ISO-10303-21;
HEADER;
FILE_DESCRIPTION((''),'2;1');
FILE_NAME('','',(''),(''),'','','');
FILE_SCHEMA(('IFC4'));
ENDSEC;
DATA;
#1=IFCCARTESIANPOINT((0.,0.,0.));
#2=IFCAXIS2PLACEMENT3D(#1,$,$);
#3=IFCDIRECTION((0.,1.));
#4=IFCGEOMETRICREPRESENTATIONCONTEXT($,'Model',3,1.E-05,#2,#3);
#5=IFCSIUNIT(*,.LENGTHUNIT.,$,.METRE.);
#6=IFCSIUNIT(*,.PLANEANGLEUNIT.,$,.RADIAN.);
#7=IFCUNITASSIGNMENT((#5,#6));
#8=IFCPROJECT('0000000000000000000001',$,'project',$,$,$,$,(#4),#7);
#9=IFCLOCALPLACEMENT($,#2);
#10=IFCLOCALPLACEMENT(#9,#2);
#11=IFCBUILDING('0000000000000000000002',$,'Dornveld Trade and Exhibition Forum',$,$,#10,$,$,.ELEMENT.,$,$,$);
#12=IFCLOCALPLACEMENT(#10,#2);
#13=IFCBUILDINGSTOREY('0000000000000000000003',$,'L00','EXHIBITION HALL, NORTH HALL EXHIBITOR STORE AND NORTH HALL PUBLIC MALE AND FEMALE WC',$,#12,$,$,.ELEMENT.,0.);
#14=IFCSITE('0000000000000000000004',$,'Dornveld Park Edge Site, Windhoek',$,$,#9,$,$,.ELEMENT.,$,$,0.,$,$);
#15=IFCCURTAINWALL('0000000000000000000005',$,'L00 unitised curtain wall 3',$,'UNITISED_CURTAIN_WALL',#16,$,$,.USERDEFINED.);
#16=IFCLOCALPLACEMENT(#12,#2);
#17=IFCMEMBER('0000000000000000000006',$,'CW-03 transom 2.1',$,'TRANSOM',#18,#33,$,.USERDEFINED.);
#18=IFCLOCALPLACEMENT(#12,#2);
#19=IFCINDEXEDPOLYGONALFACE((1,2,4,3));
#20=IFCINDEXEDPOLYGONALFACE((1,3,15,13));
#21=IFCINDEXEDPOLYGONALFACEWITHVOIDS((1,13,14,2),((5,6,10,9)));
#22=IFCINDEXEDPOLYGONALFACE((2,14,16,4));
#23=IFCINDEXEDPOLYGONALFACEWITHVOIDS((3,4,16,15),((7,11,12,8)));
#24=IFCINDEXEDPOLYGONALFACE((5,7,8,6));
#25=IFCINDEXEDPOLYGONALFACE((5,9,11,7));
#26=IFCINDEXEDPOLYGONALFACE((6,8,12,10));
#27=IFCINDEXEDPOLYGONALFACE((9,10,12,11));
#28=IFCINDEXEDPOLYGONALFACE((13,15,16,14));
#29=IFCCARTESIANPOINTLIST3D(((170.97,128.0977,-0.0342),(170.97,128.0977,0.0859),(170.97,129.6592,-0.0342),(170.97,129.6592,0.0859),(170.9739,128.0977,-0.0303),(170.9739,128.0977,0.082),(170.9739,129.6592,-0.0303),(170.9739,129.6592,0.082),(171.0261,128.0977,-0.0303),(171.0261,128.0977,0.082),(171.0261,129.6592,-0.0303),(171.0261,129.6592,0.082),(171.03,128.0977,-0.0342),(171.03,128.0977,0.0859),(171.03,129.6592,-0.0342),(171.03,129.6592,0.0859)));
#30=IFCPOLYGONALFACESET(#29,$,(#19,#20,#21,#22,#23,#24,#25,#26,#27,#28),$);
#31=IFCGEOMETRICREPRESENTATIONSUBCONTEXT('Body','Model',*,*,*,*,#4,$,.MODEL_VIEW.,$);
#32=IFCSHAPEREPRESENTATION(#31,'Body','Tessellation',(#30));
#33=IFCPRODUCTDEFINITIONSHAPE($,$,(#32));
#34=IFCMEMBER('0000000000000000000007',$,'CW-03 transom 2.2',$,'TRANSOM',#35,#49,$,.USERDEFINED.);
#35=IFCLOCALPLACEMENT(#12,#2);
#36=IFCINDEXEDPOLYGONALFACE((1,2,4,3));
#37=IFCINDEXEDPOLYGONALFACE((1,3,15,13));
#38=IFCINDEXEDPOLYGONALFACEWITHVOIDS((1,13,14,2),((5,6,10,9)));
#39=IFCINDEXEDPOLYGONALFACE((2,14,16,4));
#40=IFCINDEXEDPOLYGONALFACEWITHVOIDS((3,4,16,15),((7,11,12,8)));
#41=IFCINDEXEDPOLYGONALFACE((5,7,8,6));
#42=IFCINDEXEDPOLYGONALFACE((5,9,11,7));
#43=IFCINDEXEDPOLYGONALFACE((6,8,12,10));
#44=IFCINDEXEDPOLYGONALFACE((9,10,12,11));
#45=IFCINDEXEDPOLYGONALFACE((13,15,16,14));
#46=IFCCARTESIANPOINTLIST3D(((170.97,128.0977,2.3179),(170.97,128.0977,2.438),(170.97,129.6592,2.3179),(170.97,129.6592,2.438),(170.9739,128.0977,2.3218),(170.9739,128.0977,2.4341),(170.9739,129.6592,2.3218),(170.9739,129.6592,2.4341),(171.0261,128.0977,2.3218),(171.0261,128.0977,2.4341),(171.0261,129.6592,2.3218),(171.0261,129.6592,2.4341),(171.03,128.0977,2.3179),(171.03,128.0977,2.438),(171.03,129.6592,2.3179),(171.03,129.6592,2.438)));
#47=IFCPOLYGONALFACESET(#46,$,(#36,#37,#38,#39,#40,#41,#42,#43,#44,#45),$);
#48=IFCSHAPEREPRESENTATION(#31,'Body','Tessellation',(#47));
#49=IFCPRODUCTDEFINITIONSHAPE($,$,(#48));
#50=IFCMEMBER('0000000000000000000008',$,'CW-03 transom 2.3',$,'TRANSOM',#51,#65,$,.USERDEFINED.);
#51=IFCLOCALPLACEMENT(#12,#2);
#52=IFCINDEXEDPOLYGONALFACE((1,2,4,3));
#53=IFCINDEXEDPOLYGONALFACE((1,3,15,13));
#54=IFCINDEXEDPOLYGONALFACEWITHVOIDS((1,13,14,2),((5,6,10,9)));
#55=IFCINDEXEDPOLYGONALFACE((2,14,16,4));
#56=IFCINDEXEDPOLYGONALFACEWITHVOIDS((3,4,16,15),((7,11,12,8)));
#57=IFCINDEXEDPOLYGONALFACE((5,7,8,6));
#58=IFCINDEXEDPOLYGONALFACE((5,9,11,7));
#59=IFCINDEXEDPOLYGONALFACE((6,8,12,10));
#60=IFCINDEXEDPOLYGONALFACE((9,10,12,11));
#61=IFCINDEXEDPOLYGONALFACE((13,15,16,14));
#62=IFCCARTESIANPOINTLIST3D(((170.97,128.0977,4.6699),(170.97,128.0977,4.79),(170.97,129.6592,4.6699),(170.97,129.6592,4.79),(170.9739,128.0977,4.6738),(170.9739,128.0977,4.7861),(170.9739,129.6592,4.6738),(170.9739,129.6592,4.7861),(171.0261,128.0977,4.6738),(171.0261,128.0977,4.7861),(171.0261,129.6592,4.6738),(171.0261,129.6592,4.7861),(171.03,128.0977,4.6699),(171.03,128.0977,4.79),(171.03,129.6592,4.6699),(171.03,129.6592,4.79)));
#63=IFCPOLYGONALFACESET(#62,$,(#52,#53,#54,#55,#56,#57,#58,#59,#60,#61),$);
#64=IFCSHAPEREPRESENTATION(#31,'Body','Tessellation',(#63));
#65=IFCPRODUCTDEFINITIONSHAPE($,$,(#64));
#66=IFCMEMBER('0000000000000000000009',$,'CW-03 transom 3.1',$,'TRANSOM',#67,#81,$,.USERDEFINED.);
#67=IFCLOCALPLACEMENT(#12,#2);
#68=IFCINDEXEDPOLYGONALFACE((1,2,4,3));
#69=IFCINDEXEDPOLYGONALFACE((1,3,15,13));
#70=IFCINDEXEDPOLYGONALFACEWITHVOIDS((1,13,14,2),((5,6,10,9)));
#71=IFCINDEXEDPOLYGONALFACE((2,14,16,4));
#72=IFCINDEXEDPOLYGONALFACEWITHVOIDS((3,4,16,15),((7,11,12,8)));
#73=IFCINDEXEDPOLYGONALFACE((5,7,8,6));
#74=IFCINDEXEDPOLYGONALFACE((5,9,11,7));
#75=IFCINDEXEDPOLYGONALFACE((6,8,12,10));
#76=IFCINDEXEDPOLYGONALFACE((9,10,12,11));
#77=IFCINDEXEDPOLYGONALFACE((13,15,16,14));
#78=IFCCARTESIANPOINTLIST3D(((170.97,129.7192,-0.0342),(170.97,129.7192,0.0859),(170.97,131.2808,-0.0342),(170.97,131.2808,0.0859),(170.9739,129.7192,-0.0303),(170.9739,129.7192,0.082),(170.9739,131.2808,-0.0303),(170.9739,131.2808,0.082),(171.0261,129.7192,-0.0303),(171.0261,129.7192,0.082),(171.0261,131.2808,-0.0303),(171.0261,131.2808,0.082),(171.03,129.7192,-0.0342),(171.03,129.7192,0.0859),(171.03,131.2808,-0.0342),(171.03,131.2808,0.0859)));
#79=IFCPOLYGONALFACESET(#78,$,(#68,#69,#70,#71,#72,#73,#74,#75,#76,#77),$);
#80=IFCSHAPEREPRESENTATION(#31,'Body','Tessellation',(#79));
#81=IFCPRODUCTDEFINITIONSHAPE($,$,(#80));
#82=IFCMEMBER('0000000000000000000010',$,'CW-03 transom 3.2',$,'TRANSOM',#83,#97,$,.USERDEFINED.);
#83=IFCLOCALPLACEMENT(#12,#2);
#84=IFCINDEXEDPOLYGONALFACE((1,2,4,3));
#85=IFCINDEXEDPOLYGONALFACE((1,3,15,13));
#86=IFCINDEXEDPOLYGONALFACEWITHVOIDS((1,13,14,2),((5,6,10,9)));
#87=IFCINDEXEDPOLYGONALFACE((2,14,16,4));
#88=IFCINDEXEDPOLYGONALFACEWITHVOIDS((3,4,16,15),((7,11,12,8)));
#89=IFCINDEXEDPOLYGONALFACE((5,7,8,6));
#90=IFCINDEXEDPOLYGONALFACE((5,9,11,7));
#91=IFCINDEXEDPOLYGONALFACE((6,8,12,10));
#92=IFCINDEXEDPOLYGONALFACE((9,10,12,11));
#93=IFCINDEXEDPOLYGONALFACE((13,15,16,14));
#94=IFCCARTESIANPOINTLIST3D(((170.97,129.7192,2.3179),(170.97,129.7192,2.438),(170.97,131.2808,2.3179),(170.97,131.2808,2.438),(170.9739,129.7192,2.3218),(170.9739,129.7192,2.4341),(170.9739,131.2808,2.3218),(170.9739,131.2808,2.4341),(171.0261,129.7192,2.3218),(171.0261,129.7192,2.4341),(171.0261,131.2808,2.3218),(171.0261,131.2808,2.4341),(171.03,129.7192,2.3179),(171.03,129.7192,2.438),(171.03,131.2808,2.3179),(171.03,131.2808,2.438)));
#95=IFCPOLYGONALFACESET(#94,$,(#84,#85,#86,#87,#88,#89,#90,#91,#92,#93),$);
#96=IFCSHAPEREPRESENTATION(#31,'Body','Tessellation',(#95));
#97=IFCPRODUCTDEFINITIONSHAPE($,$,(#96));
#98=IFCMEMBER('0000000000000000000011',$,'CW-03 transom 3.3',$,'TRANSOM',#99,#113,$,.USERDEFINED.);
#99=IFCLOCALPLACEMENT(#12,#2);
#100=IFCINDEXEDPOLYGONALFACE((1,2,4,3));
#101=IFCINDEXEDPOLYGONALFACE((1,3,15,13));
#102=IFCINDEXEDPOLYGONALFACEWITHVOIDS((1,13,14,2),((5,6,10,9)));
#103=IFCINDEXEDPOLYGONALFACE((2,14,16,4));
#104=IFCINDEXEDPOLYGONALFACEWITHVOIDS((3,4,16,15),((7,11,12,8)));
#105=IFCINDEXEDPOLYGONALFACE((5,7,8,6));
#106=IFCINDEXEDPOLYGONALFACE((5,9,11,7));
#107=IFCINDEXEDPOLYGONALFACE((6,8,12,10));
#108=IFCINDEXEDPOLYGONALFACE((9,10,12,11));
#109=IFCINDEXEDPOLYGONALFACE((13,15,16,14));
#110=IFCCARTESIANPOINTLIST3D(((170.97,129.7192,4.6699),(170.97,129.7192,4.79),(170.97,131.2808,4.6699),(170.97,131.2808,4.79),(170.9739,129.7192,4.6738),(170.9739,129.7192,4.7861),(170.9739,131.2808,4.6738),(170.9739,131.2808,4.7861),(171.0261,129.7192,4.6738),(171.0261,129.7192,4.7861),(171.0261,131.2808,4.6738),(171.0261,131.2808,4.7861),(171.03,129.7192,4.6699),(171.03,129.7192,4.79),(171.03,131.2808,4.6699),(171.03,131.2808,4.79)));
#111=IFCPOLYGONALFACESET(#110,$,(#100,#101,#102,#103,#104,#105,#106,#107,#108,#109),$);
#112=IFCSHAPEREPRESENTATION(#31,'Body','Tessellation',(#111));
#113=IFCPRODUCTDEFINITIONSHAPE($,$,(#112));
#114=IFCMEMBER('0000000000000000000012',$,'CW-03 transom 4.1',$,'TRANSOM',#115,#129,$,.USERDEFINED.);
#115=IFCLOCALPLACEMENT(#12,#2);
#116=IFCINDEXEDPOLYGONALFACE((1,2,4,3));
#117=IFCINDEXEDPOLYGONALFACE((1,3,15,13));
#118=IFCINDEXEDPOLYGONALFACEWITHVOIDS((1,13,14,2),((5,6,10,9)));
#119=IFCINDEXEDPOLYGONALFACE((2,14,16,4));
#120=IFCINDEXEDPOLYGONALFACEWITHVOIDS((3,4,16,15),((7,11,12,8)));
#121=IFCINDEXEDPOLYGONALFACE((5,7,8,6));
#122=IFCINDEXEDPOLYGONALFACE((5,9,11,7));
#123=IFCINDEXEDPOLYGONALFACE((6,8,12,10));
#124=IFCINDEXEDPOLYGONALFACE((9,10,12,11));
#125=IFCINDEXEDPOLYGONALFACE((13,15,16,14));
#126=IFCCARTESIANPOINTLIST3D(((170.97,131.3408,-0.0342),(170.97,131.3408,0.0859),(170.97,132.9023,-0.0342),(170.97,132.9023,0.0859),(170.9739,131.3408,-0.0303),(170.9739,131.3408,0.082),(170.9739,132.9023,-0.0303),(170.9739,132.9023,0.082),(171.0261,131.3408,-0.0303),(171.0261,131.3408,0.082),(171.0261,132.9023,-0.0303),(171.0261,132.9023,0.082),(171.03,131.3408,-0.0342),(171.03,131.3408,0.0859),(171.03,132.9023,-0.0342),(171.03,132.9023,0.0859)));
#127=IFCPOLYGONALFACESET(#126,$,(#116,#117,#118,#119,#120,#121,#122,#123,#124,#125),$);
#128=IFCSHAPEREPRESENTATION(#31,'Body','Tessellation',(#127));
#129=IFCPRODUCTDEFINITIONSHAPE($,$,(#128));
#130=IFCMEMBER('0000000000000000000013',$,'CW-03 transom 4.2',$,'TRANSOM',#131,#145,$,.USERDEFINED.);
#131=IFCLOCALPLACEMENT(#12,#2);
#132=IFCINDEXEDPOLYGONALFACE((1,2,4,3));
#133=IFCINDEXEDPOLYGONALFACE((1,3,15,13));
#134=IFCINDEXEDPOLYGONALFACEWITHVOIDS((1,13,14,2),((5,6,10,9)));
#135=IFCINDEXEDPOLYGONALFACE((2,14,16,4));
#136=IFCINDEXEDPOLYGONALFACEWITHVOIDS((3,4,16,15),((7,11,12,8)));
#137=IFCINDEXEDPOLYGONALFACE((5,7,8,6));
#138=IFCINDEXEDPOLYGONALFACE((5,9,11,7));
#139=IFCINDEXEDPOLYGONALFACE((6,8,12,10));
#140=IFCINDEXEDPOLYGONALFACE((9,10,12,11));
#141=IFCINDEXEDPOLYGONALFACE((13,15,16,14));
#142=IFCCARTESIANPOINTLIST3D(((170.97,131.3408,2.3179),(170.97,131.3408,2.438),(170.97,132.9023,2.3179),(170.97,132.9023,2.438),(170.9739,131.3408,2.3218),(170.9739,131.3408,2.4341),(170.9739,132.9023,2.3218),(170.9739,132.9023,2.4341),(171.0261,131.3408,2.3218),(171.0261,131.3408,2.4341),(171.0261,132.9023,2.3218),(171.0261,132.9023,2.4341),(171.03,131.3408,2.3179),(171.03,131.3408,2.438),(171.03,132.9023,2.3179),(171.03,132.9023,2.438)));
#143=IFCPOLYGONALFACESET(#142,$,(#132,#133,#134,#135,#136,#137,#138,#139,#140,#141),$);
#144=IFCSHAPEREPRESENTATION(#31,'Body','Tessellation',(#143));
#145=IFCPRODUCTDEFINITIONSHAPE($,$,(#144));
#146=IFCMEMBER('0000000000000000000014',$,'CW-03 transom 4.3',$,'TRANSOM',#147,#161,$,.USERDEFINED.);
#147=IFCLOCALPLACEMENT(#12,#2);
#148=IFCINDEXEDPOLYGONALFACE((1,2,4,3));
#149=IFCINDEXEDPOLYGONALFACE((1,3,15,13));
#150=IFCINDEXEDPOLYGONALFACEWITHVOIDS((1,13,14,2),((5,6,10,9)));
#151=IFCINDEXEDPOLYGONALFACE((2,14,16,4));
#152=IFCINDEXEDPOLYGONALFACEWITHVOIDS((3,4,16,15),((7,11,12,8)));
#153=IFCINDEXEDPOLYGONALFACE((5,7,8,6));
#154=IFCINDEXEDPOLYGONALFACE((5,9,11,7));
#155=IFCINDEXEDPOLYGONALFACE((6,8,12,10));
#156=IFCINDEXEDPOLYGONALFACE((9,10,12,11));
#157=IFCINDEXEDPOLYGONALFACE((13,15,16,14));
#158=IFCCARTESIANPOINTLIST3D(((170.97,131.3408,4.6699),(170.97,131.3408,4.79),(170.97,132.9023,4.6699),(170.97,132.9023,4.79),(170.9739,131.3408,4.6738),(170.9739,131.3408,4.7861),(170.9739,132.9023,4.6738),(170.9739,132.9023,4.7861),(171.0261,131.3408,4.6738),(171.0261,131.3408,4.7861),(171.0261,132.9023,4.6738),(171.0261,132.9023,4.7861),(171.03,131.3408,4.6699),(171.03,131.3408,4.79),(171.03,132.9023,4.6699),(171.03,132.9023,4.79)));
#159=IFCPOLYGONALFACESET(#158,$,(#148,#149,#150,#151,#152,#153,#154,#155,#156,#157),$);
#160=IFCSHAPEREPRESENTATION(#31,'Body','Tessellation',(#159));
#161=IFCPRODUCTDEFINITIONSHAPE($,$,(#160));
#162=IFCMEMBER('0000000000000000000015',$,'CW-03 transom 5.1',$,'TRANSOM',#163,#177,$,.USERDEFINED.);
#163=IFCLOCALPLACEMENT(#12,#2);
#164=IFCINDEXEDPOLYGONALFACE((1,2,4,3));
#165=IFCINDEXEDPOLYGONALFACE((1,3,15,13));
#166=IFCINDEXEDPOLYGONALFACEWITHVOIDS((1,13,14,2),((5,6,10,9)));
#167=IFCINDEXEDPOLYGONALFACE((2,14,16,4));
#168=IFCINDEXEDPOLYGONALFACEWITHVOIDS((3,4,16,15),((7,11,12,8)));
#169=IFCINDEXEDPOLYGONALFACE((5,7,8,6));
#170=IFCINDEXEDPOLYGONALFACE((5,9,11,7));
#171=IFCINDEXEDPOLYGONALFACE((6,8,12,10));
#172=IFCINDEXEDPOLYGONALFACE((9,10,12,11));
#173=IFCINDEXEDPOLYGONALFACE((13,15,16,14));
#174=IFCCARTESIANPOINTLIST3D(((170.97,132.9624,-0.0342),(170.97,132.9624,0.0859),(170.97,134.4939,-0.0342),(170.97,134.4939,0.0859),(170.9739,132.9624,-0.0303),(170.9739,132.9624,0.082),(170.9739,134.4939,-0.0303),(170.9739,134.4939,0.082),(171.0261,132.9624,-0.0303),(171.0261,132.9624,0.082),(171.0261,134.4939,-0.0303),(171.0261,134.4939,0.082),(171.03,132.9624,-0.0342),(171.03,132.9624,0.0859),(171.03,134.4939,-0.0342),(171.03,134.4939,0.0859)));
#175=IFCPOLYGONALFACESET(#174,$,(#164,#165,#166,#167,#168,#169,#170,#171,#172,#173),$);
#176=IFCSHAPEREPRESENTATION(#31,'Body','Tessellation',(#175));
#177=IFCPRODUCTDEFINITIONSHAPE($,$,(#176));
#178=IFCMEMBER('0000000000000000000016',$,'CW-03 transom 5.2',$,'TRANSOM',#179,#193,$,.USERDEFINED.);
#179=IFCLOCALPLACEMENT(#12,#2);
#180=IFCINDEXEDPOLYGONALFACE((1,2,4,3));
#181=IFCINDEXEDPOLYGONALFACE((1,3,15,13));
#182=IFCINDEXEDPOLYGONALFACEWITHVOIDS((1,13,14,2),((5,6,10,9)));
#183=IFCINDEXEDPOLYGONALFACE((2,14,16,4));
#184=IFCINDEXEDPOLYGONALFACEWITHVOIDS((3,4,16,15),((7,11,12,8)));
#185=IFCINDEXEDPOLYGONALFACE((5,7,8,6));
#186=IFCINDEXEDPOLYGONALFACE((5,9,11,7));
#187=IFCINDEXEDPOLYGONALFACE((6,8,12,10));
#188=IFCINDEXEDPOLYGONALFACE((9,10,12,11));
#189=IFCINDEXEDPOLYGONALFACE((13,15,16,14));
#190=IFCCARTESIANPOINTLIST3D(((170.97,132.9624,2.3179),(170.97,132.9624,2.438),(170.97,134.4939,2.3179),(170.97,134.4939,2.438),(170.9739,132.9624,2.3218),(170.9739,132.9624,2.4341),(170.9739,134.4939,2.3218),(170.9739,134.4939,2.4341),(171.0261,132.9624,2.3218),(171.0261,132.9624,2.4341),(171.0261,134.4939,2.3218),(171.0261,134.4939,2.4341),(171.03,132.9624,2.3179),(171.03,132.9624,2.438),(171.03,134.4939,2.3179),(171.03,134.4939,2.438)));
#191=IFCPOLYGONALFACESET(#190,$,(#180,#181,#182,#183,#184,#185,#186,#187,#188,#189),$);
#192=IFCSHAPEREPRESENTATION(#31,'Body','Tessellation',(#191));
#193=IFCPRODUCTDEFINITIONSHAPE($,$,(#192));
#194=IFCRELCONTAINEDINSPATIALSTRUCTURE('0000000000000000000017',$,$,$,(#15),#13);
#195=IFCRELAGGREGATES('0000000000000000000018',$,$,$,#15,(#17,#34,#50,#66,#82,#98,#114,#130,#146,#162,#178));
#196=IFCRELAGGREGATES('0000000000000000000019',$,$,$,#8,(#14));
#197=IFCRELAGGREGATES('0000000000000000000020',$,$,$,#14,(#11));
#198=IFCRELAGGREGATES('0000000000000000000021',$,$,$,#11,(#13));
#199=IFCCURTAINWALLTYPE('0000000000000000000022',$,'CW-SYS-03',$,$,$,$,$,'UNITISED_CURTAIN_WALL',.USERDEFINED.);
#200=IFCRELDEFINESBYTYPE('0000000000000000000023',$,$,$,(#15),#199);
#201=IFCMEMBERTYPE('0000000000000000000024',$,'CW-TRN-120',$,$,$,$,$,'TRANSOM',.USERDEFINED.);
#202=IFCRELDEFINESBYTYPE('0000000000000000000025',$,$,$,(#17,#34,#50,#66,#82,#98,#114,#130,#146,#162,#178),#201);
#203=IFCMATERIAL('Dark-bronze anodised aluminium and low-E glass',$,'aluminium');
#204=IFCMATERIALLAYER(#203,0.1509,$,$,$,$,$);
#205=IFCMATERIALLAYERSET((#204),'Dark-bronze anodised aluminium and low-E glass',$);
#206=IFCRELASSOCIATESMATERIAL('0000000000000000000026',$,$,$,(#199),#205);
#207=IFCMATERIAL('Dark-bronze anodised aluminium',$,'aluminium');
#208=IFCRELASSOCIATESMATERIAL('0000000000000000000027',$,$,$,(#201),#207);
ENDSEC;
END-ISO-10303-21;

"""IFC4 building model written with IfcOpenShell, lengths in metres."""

from ifc_helpers import new_model, si_unit, direction, frame, origin, origin_2d, place, context, subcontext, project, spatial, hollow_rectangle, extrude, material, layer, layer_set, material_profile, profile_set, type_object, element, aggregate, save


model = new_model("IFC4")

# Units and contexts
model_context = context("Model", 3, precision=1e-05, world=origin(), true_north=direction((0.0, 1.0)))
body_context = subcontext(model_context, "Body", "Model", "MODEL_VIEW")
ifc_project = project(units=[si_unit("LENGTHUNIT", "METRE"), si_unit("PLANEANGLEUNIT", "RADIAN")], contexts=[model_context])

# Site, building, storey
site_placement = place(None, origin())
site = spatial("IfcSite", under=ifc_project, at=site_placement, Name="Dornveld Park Edge Site, Windhoek", CompositionType="ELEMENT", RefElevation=0.0)
building_placement = place(site_placement, origin())
building = spatial("IfcBuilding", under=site, at=building_placement, Name="Dornveld Trade and Exhibition Forum", CompositionType="ELEMENT")
storey_placement = place(building_placement, origin())
storey = spatial("IfcBuildingStorey", under=building, at=storey_placement, Name="L00", Description="EXHIBITION HALL, NORTH HALL EXHIBITOR STORE AND NORTH HALL PUBLIC MALE AND FEMALE WC", CompositionType="ELEMENT", Elevation=0.0)

# Curtain wall, members
ifc_material_1 = material(Name="Dark-bronze anodised aluminium and low-E glass", Category="aluminium")
ifc_layer_1 = layer(ifc_material_1, 0.1509)
ifc_layer_set_1 = layer_set([ifc_layer_1], Name="Dark-bronze anodised aluminium and low-E glass")
curtain_wall_type = type_object("IfcCurtainWallType", Name="CW-SYS-03", ElementType="UNITISED_CURTAIN_WALL", PredefinedType="USERDEFINED", material=ifc_layer_set_1)
curtain_wall_placement = place(storey_placement, origin())
curtain_wall = element("IfcCurtainWall", 1, at=curtain_wall_placement, inside=storey, type_object=curtain_wall_type, Name="L00 unitised curtain wall 3", ObjectType="UNITISED_CURTAIN_WALL", PredefinedType="USERDEFINED")
ifc_material_2 = material(Name="Dark-bronze anodised aluminium", Category="aluminium")
ifc_material_profile_1 = material_profile(ifc_material_2, hollow_rectangle(XDim=0.0601, YDim=0.1201, WallThickness=0.0039, at=origin_2d()), Name="RHS 120x60x4")
ifc_profile_set_1 = profile_set([ifc_material_profile_1], Name="Dark-bronze anodised aluminium")
member_type_1 = type_object("IfcMemberType", Name="CW-TRN-120", ElementType="TRANSOM", PredefinedType="USERDEFINED", material=ifc_profile_set_1)
member_1_placement = place(storey_placement, frame((171.0, 128.0977, 0.0259), z_axis=(0.0, 1.0, 0.0), x_axis=(-1.0, 0.0, 0.0)))
member_1 = element("IfcMember", 2, at=member_1_placement, type_object=member_type_1, Name="CW-03 transom 2.1", ObjectType="TRANSOM", PredefinedType="USERDEFINED", context=body_context, shape_type="SweptSolid", body=[
    extrude(hollow_rectangle(XDim=0.0601, YDim=0.1201, WallThickness=0.0039, at=origin_2d()), origin(), (0.0, 0.0, 1.0), 1.5615),
])
member_2_placement = place(storey_placement, frame((171.0, 128.0977, 2.3779), z_axis=(0.0, 1.0, 0.0), x_axis=(-1.0, 0.0, 0.0)))
member_2 = element("IfcMember", 3, at=member_2_placement, type_object=member_type_1, Name="CW-03 transom 2.2", ObjectType="TRANSOM", PredefinedType="USERDEFINED", context=body_context, shape_type="SweptSolid", body=[
    extrude(hollow_rectangle(XDim=0.0601, YDim=0.1201, WallThickness=0.0039, at=origin_2d()), origin(), (0.0, 0.0, 1.0), 1.5615),
])
member_3_placement = place(storey_placement, frame((171.0, 128.0977, 4.73), z_axis=(0.0, 1.0, 0.0), x_axis=(-1.0, 0.0, 0.0)))
member_3 = element("IfcMember", 4, at=member_3_placement, type_object=member_type_1, Name="CW-03 transom 2.3", ObjectType="TRANSOM", PredefinedType="USERDEFINED", context=body_context, shape_type="SweptSolid", body=[
    extrude(hollow_rectangle(XDim=0.0601, YDim=0.1201, WallThickness=0.0039, at=origin_2d()), origin(), (0.0, 0.0, 1.0), 1.5615),
])
member_4_placement = place(storey_placement, frame((171.0, 129.7192, 0.0259), z_axis=(0.0, 1.0, 0.0), x_axis=(-1.0, 0.0, 0.0)))
member_4 = element("IfcMember", 5, at=member_4_placement, type_object=member_type_1, Name="CW-03 transom 3.1", ObjectType="TRANSOM", PredefinedType="USERDEFINED", context=body_context, shape_type="SweptSolid", body=[
    extrude(hollow_rectangle(XDim=0.0601, YDim=0.1201, WallThickness=0.0039, at=origin_2d()), origin(), (0.0, 0.0, 1.0), 1.5615),
])
member_5_placement = place(storey_placement, frame((171.0, 129.7192, 2.3779), z_axis=(0.0, 1.0, 0.0), x_axis=(-1.0, 0.0, 0.0)))
member_5 = element("IfcMember", 6, at=member_5_placement, type_object=member_type_1, Name="CW-03 transom 3.2", ObjectType="TRANSOM", PredefinedType="USERDEFINED", context=body_context, shape_type="SweptSolid", body=[
    extrude(hollow_rectangle(XDim=0.0601, YDim=0.1201, WallThickness=0.0039, at=origin_2d()), origin(), (0.0, 0.0, 1.0), 1.5615),
])
member_6_placement = place(storey_placement, frame((171.0, 129.7192, 4.73), z_axis=(0.0, 1.0, 0.0), x_axis=(-1.0, 0.0, 0.0)))
member_6 = element("IfcMember", 7, at=member_6_placement, type_object=member_type_1, Name="CW-03 transom 3.3", ObjectType="TRANSOM", PredefinedType="USERDEFINED", context=body_context, shape_type="SweptSolid", body=[
    extrude(hollow_rectangle(XDim=0.0601, YDim=0.1201, WallThickness=0.0039, at=origin_2d()), origin(), (0.0, 0.0, 1.0), 1.5615),
])
member_7_placement = place(storey_placement, frame((171.0, 131.3408, 0.0259), z_axis=(0.0, 1.0, 0.0), x_axis=(-1.0, 0.0, 0.0)))
member_7 = element("IfcMember", 8, at=member_7_placement, type_object=member_type_1, Name="CW-03 transom 4.1", ObjectType="TRANSOM", PredefinedType="USERDEFINED", context=body_context, shape_type="SweptSolid", body=[
    extrude(hollow_rectangle(XDim=0.0601, YDim=0.1201, WallThickness=0.0039, at=origin_2d()), origin(), (0.0, 0.0, 1.0), 1.5615),
])
member_8_placement = place(storey_placement, frame((171.0, 131.3408, 2.3779), z_axis=(0.0, 1.0, 0.0), x_axis=(-1.0, 0.0, 0.0)))
member_8 = element("IfcMember", 9, at=member_8_placement, type_object=member_type_1, Name="CW-03 transom 4.2", ObjectType="TRANSOM", PredefinedType="USERDEFINED", context=body_context, shape_type="SweptSolid", body=[
    extrude(hollow_rectangle(XDim=0.0601, YDim=0.1201, WallThickness=0.0039, at=origin_2d()), origin(), (0.0, 0.0, 1.0), 1.5615),
])
member_9_placement = place(storey_placement, frame((171.0, 131.3408, 4.73), z_axis=(0.0, 1.0, 0.0), x_axis=(-1.0, 0.0, 0.0)))
member_9 = element("IfcMember", 10, at=member_9_placement, type_object=member_type_1, Name="CW-03 transom 4.3", ObjectType="TRANSOM", PredefinedType="USERDEFINED", context=body_context, shape_type="SweptSolid", body=[
    extrude(hollow_rectangle(XDim=0.0601, YDim=0.1201, WallThickness=0.0039, at=origin_2d()), origin(), (0.0, 0.0, 1.0), 1.5615),
])
member_10_placement = place(storey_placement, frame((171.0, 132.9624, 0.0259), z_axis=(0.0, 1.0, 0.0), x_axis=(-1.0, 0.0, 0.0)))
member_10 = element("IfcMember", 11, at=member_10_placement, type_object=member_type_1, Name="CW-03 transom 5.1", ObjectType="TRANSOM", PredefinedType="USERDEFINED", context=body_context, shape_type="SweptSolid", body=[
    extrude(hollow_rectangle(XDim=0.0601, YDim=0.1201, WallThickness=0.0039, at=origin_2d()), origin(), (0.0, 0.0, 1.0), 1.5315),
])
member_11_placement = place(storey_placement, frame((171.0, 132.9624, 2.3779), z_axis=(0.0, 1.0, 0.0), x_axis=(-1.0, 0.0, 0.0)))
member_11 = element("IfcMember", 12, at=member_11_placement, type_object=member_type_1, Name="CW-03 transom 5.2", ObjectType="TRANSOM", PredefinedType="USERDEFINED", context=body_context, shape_type="SweptSolid", body=[
    extrude(hollow_rectangle(XDim=0.0601, YDim=0.1201, WallThickness=0.0039, at=origin_2d()), origin(), (0.0, 0.0, 1.0), 1.5315),
])
aggregate(curtain_wall, [member_1, member_2, member_3, member_4, member_5, member_6, member_7, member_8, member_9, member_10, member_11])

save(model, "model.ifc")
